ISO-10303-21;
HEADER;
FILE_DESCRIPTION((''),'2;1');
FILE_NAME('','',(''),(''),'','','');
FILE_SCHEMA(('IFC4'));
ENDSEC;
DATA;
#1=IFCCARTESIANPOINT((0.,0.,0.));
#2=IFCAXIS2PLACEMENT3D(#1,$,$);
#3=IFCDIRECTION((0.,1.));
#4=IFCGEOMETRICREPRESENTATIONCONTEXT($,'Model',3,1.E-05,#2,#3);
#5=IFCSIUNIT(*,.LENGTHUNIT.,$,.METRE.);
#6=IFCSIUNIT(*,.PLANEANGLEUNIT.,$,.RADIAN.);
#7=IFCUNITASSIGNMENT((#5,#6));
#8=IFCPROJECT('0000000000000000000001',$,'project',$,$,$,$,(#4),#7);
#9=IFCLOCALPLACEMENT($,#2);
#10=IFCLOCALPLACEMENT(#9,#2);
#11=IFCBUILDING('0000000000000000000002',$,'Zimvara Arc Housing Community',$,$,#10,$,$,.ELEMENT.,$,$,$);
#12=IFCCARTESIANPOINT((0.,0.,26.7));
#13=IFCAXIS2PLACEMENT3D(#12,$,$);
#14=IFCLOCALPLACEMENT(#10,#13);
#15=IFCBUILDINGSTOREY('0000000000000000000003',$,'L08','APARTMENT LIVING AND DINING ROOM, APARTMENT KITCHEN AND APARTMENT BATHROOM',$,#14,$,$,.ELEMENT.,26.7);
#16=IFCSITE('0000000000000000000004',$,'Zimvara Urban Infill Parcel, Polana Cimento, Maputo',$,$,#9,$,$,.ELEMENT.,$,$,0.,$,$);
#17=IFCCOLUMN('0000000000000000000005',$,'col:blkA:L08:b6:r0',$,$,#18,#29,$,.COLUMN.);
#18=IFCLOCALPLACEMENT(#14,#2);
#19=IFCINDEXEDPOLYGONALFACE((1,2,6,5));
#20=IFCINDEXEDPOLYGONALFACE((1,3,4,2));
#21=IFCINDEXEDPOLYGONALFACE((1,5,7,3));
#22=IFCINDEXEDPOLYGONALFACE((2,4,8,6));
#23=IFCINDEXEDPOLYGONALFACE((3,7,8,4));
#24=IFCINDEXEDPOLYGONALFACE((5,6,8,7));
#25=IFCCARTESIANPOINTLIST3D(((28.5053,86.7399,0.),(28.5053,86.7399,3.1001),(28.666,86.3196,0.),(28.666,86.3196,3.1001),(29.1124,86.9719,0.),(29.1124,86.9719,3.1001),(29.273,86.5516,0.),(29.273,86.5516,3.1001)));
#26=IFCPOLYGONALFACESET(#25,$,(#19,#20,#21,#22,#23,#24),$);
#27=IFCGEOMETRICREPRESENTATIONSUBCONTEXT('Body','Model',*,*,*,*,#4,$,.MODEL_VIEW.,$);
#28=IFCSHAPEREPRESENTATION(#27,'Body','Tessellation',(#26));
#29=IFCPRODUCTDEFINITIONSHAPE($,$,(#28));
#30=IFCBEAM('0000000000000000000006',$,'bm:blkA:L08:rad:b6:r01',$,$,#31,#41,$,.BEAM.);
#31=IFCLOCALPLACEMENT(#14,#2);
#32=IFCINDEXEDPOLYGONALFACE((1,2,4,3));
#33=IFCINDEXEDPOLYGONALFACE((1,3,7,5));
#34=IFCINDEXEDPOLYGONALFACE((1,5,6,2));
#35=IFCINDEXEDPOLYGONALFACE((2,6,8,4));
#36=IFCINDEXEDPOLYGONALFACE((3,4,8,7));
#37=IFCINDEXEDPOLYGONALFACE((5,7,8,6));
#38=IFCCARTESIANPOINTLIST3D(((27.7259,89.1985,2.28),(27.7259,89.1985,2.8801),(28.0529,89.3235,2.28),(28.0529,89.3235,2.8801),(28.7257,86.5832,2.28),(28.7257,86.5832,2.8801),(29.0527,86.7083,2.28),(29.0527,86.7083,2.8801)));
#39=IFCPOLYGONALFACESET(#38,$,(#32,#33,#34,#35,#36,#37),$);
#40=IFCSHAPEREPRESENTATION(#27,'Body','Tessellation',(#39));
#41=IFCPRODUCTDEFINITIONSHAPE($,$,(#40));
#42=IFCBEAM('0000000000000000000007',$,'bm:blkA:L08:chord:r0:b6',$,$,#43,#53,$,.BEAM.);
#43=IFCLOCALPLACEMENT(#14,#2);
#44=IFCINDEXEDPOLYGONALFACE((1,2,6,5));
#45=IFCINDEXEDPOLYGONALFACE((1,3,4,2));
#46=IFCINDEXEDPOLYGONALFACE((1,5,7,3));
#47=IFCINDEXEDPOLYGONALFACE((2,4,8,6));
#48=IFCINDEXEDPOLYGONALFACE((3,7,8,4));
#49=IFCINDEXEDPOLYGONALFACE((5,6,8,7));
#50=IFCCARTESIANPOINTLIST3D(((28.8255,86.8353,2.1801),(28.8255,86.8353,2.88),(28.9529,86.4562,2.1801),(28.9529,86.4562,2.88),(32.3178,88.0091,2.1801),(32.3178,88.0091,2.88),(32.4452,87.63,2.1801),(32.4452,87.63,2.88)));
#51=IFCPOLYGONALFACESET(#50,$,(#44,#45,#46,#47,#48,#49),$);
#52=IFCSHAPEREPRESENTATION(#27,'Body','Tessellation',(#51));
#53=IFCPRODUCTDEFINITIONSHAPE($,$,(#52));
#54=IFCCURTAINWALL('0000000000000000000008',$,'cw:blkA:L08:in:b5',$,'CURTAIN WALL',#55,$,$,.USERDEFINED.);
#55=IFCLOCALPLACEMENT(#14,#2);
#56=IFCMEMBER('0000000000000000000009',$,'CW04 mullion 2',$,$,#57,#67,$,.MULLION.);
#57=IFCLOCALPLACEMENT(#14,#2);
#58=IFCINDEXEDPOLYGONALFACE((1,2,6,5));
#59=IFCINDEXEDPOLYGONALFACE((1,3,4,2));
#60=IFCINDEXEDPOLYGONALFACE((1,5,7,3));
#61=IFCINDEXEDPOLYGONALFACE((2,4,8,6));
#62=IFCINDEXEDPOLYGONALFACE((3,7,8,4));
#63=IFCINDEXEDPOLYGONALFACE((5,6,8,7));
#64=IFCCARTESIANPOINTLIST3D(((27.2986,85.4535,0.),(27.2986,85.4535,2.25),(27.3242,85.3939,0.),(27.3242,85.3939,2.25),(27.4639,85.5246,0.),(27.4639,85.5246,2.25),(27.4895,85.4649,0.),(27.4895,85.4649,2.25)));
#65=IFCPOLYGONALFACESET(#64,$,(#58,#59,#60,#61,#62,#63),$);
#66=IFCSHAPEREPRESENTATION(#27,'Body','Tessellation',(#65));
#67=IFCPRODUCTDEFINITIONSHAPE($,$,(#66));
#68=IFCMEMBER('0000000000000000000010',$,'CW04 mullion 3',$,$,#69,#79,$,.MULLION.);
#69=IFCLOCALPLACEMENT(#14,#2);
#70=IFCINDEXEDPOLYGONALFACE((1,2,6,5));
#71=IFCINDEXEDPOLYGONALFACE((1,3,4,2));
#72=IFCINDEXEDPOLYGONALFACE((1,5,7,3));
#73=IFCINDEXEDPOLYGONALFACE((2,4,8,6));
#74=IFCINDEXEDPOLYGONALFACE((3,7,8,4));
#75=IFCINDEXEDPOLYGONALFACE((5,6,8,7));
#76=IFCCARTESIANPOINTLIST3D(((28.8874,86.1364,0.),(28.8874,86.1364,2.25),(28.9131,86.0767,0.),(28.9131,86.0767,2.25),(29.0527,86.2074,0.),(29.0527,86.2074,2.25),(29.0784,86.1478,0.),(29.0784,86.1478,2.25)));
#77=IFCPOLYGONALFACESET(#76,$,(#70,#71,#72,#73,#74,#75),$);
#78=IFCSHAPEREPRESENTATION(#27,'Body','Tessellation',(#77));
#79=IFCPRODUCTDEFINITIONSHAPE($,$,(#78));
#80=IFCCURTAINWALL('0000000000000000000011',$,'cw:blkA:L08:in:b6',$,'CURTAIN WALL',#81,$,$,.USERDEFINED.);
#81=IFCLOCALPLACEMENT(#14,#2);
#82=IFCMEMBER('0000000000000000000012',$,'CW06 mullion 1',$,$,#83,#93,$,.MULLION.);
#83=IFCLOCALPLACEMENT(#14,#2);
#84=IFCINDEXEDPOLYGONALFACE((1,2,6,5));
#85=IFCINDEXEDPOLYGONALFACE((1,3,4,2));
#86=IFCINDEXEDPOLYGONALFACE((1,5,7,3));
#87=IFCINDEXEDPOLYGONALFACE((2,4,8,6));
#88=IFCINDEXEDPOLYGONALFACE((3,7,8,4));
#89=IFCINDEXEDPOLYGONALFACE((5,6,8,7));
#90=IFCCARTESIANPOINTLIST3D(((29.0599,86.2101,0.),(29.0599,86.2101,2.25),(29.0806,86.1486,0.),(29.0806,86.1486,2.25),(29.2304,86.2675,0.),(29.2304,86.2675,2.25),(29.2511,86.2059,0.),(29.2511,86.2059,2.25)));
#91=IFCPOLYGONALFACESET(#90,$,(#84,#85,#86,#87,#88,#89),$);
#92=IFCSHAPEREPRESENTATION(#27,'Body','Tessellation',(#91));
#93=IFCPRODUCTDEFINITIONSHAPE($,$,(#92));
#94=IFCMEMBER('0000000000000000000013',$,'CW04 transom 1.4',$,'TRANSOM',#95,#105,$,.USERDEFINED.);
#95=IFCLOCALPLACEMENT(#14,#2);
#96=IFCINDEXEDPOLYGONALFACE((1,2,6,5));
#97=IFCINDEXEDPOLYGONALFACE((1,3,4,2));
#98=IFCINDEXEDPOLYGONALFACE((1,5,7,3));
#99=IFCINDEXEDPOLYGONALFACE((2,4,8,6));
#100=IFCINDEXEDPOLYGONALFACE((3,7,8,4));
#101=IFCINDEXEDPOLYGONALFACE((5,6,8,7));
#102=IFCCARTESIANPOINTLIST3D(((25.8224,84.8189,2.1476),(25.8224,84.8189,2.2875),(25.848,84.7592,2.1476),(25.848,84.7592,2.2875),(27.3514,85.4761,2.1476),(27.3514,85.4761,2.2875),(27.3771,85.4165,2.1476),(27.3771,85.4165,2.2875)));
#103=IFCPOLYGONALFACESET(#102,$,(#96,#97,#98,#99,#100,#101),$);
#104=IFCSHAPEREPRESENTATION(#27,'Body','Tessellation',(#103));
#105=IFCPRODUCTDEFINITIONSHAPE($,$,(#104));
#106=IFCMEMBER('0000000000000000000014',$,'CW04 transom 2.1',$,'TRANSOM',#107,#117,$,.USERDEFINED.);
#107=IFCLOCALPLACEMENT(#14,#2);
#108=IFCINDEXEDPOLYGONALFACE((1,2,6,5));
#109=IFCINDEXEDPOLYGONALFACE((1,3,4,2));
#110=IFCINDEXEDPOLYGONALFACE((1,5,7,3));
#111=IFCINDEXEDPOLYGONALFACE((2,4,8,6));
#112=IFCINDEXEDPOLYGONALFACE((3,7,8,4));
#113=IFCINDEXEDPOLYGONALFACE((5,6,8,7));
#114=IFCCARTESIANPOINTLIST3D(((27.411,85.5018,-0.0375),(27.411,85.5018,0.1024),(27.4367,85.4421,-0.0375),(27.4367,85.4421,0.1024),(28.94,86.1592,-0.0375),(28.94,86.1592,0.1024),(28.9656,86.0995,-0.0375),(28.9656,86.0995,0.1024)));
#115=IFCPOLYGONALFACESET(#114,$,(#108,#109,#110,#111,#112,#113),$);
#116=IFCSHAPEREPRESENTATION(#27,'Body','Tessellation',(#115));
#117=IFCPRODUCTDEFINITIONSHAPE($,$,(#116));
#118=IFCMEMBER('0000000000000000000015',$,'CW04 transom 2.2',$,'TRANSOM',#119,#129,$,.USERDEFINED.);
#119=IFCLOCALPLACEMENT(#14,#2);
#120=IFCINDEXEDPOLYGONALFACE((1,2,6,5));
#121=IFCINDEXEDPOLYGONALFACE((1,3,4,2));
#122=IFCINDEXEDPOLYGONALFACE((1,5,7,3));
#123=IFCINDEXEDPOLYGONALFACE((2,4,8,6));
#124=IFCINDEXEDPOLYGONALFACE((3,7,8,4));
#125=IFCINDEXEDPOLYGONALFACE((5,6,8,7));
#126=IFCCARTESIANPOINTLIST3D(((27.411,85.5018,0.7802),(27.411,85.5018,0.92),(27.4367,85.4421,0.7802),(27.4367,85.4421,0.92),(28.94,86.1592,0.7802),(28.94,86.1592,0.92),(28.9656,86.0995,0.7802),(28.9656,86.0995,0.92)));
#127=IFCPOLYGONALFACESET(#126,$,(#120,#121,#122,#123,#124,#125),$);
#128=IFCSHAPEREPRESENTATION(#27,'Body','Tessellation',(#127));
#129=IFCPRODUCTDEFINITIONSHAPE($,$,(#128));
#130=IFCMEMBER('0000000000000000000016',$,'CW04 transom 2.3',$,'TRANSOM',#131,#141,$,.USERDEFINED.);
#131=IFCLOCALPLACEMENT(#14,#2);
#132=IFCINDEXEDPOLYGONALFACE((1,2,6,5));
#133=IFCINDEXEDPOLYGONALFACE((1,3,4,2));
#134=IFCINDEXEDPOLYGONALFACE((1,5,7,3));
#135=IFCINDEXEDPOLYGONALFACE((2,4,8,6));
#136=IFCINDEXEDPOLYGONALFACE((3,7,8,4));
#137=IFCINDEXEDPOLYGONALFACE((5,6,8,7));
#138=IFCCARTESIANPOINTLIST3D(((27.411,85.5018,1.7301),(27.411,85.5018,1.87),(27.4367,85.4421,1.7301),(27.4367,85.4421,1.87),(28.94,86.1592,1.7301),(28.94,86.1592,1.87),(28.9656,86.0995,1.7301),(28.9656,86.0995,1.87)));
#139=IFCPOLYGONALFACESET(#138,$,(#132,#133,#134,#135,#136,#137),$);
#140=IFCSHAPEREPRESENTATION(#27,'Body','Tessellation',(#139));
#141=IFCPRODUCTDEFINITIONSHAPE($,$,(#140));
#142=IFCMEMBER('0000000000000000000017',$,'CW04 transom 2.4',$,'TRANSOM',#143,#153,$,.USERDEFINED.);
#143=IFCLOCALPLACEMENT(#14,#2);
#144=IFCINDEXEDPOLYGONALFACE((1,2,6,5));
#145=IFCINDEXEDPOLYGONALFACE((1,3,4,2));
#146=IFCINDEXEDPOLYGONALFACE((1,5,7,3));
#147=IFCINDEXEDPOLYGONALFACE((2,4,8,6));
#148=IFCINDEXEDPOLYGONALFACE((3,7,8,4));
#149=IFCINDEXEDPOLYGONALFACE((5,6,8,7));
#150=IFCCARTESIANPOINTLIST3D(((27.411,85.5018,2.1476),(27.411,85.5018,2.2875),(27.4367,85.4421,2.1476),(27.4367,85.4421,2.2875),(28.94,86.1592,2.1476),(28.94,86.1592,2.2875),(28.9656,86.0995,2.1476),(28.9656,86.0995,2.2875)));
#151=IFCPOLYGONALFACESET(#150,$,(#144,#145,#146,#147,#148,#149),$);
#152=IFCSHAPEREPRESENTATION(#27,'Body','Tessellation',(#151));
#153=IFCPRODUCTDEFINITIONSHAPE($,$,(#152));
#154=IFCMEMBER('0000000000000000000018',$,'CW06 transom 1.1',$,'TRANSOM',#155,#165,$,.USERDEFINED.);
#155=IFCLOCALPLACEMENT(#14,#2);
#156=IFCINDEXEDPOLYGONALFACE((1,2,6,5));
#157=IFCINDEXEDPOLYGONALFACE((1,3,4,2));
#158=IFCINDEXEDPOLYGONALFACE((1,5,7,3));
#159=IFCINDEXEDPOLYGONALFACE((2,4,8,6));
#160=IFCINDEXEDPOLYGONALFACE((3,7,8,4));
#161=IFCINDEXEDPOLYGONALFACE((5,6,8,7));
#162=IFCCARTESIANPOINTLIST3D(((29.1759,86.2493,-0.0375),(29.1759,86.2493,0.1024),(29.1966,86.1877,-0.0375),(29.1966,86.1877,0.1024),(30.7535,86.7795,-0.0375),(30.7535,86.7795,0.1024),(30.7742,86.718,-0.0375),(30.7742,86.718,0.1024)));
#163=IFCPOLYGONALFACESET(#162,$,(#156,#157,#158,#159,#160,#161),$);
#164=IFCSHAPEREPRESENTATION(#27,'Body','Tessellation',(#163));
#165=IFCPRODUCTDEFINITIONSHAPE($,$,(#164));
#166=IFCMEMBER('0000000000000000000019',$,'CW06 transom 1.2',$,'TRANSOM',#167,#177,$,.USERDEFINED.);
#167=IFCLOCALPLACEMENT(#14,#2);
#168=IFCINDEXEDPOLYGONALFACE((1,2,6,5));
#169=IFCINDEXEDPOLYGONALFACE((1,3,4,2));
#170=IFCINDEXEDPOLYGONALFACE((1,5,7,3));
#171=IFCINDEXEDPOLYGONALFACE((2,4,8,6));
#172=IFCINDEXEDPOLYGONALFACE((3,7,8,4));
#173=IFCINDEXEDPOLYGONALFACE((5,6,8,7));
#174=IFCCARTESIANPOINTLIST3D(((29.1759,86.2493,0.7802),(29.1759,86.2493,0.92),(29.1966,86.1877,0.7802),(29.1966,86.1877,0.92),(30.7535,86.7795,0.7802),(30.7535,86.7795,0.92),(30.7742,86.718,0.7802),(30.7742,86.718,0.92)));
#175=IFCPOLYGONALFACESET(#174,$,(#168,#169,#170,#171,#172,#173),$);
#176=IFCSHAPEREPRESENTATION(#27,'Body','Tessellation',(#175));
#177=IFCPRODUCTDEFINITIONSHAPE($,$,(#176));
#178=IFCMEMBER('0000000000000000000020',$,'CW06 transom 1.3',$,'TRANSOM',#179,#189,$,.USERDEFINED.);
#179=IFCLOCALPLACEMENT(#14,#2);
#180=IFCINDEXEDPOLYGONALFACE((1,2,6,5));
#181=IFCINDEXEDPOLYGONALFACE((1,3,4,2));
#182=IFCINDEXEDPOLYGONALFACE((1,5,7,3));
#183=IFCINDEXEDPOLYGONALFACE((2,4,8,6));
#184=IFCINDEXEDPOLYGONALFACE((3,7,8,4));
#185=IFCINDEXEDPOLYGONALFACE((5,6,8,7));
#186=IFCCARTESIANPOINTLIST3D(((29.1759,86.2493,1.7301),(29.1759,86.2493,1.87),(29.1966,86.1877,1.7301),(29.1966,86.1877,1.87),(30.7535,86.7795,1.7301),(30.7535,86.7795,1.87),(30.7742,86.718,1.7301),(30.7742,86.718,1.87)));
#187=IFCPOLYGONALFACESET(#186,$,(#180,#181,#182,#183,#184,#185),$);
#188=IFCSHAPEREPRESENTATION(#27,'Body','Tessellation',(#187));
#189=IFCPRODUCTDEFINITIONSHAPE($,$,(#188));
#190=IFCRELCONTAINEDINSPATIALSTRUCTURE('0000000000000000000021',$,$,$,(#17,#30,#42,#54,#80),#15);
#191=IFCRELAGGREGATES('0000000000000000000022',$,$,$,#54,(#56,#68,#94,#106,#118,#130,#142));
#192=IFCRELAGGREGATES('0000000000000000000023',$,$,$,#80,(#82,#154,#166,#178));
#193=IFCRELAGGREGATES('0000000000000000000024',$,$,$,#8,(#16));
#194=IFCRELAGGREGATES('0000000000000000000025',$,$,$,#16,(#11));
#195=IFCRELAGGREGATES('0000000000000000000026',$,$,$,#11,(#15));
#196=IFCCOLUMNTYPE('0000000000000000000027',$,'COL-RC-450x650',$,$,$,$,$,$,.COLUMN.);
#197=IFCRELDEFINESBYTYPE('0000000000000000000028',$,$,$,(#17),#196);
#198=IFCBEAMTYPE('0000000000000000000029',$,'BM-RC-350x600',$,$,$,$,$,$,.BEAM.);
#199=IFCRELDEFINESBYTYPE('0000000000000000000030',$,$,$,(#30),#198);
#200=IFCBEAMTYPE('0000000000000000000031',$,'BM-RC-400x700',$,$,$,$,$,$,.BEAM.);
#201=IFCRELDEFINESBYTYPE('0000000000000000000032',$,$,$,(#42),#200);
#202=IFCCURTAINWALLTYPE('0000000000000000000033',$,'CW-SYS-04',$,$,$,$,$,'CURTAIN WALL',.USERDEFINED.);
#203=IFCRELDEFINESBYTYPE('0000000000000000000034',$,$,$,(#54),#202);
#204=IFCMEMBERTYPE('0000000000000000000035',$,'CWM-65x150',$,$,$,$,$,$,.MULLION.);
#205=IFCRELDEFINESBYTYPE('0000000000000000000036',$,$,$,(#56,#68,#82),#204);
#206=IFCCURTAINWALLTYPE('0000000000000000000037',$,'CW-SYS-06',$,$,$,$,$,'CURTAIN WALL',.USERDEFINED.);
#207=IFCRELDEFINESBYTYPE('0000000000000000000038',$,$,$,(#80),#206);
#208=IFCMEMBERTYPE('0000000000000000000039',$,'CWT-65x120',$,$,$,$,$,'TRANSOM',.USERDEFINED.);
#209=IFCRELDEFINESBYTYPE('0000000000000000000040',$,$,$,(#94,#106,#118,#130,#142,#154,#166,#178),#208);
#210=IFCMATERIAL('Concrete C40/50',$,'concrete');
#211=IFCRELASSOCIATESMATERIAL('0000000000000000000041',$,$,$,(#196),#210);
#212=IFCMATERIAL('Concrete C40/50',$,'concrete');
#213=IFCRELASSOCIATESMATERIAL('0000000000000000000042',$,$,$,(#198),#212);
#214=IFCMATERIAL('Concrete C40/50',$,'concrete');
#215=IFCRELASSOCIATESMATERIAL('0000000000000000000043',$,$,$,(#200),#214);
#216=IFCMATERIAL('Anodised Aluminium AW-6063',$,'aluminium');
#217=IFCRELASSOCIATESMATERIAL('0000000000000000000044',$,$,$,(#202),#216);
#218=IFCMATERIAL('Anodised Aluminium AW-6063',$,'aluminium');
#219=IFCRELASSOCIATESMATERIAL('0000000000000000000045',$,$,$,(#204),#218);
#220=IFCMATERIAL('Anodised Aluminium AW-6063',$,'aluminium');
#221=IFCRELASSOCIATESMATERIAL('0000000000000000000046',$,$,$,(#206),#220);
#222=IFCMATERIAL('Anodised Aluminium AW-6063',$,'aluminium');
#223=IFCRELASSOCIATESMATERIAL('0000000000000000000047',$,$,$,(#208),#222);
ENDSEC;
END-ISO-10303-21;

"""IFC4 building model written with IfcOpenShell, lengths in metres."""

from ifc_helpers import new_model, si_unit, direction, frame, origin, origin_2d, place, context, subcontext, project, spatial, rectangle, extrude, material, material_profile, profile_set, type_object, element, aggregate, save


model = new_model("IFC4")

# Units and contexts
model_context = context("Model", 3, precision=1e-05, world=origin(), true_north=direction((0.0, 1.0)))
body_context = subcontext(model_context, "Body", "Model", "MODEL_VIEW")
ifc_project = project(units=[si_unit("LENGTHUNIT", "METRE"), si_unit("PLANEANGLEUNIT", "RADIAN")], contexts=[model_context])

# Site, building, storey
site_placement = place(None, origin())
site = spatial("IfcSite", under=ifc_project, at=site_placement, Name="Zimvara Urban Infill Parcel, Polana Cimento, Maputo", CompositionType="ELEMENT", RefElevation=0.0)
building_placement = place(site_placement, origin())
building = spatial("IfcBuilding", under=site, at=building_placement, Name="Zimvara Arc Housing Community", CompositionType="ELEMENT")
storey_placement = place(building_placement, frame((0.0, 0.0, 26.7)))
storey = spatial("IfcBuildingStorey", under=building, at=storey_placement, Name="L08", Description="APARTMENT LIVING AND DINING ROOM, APARTMENT KITCHEN AND APARTMENT BATHROOM", CompositionType="ELEMENT", Elevation=26.7)

# Column
ifc_material_1 = material(Name="Concrete C40/50", Category="concrete")
ifc_material_profile_1 = material_profile(ifc_material_1, rectangle(XDim=0.45, YDim=0.6499, at=origin_2d()), Name="RC 450x650")
ifc_profile_set_1 = profile_set([ifc_material_profile_1], Name="Concrete C40/50")
column_type = type_object("IfcColumnType", Name="COL-RC-450x650", PredefinedType="COLUMN", material=ifc_profile_set_1)
column_placement = place(storey_placement, frame((28.8892, 86.6458, 0.0), z_axis=(0.0, 0.0, 1.0), x_axis=(-0.357064, 0.93408, 0.0)))
element("IfcColumn", 1, at=column_placement, inside=storey, type_object=column_type, Name="col:blkA:L08:b6:r0", PredefinedType="COLUMN", context=body_context, shape_type="SweptSolid", body=[
    extrude(rectangle(XDim=0.45, YDim=0.6499, at=origin_2d()), origin(), (0.0, 0.0, 1.0), 3.1001),
])

# Beams
ifc_material_2 = material(Name="Concrete C40/50", Category="concrete")
ifc_material_profile_2 = material_profile(ifc_material_2, rectangle(XDim=0.3501, YDim=0.6001, at=origin_2d()), Name="RC 350x600")
ifc_profile_set_2 = profile_set([ifc_material_profile_2], Name="Concrete C40/50")
beam_type_1 = type_object("IfcBeamType", Name="BM-RC-350x600", PredefinedType="BEAM", material=ifc_profile_set_2)
beam_1_placement = place(storey_placement, frame((28.8892, 86.6458, 2.5801), z_axis=(-0.357079, 0.934074, 0.0), x_axis=(-0.934074, -0.357079, 0.0)))
element("IfcBeam", 2, at=beam_1_placement, inside=storey, type_object=beam_type_1, Name="bm:blkA:L08:rad:b6:r01", PredefinedType="BEAM", context=body_context, shape_type="SweptSolid", body=[
    extrude(rectangle(XDim=0.3501, YDim=0.6001, at=origin_2d()), origin(), (0.0, 0.0, 1.0), 2.7998),
])
ifc_material_3 = material(Name="Concrete C40/50", Category="concrete")
ifc_material_profile_3 = material_profile(ifc_material_3, rectangle(XDim=0.3999, YDim=0.7, at=origin_2d()), Name="RC 400x700")
ifc_profile_set_3 = profile_set([ifc_material_profile_3], Name="Concrete C40/50")
beam_type_2 = type_object("IfcBeamType", Name="BM-RC-400x700", PredefinedType="BEAM", material=ifc_profile_set_3)
beam_2_placement = place(storey_placement, frame((28.8892, 86.6458, 2.53), z_axis=(0.947892, 0.318592, 0.0), x_axis=(-0.318592, 0.947892, 0.0)))
element("IfcBeam", 3, at=beam_2_placement, inside=storey, type_object=beam_type_2, Name="bm:blkA:L08:chord:r0:b6", PredefinedType="BEAM", context=body_context, shape_type="SweptSolid", body=[
    extrude(rectangle(XDim=0.3999, YDim=0.7, at=origin_2d()), origin(), (0.0, 0.0, 1.0), 3.6843),
])

# Curtain wall, members
ifc_material_4 = material(Name="Anodised Aluminium AW-6063", Category="aluminium")
curtain_wall_type_1 = type_object("IfcCurtainWallType", Name="CW-SYS-04", ElementType="CURTAIN WALL", PredefinedType="USERDEFINED", material=ifc_material_4)
curtain_wall_1_placement = place(storey_placement, origin())
curtain_wall_1 = element("IfcCurtainWall", 4, at=curtain_wall_1_placement, inside=storey, type_object=curtain_wall_type_1, Name="cw:blkA:L08:in:b5", ObjectType="CURTAIN WALL", PredefinedType="USERDEFINED")
ifc_material_5 = material(Name="Anodised Aluminium AW-6063", Category="aluminium")
ifc_material_profile_4 = material_profile(ifc_material_5, rectangle(XDim=0.0649, YDim=0.1799, at=origin_2d()), Name="ALU 65x180")
ifc_profile_set_4 = profile_set([ifc_material_profile_4], Name="Anodised Aluminium AW-6063")
member_type_1 = type_object("IfcMemberType", Name="CWM-65x150", PredefinedType="MULLION", material=ifc_profile_set_4)
member_1_placement = place(storey_placement, frame((27.394, 85.4592, 0.0), z_axis=(0.0, 0.0, 1.0), x_axis=(-0.394904, 0.918722, 0.0)))
member_1 = element("IfcMember", 5, at=member_1_placement, type_object=member_type_1, Name="CW04 mullion 2", PredefinedType="MULLION", context=body_context, shape_type="SweptSolid", body=[
    extrude(rectangle(XDim=0.0649, YDim=0.1799, at=origin_2d()), origin(), (0.0, 0.0, 1.0), 2.25),
])
member_2_placement = place(storey_placement, frame((28.9829, 86.1421, 0.0), z_axis=(0.0, 0.0, 1.0), x_axis=(-0.394904, 0.918722, 0.0)))
member_2 = element("IfcMember", 6, at=member_2_placement, type_object=member_type_1, Name="CW04 mullion 3", PredefinedType="MULLION", context=body_context, shape_type="SweptSolid", body=[
    extrude(rectangle(XDim=0.0649, YDim=0.1799, at=origin_2d()), origin(), (0.0, 0.0, 1.0), 2.25),
])

# Curtain wall, member
ifc_material_6 = material(Name="Anodised Aluminium AW-6063", Category="aluminium")
curtain_wall_type_2 = type_object("IfcCurtainWallType", Name="CW-SYS-06", ElementType="CURTAIN WALL", PredefinedType="USERDEFINED", material=ifc_material_6)
curtain_wall_2_placement = place(storey_placement, origin())
curtain_wall_2 = element("IfcCurtainWall", 7, at=curtain_wall_2_placement, inside=storey, type_object=curtain_wall_type_2, Name="cw:blkA:L08:in:b6", ObjectType="CURTAIN WALL", PredefinedType="USERDEFINED")
member_3_placement = place(storey_placement, frame((29.1555, 86.208, 0.0), z_axis=(0.0, 0.0, 1.0), x_axis=(-0.31863, 0.947879, 0.0)))
member_3 = element("IfcMember", 8, at=member_3_placement, type_object=member_type_1, Name="CW06 mullion 1", PredefinedType="MULLION", context=body_context, shape_type="SweptSolid", body=[
    extrude(rectangle(XDim=0.0649, YDim=0.1799, at=origin_2d()), origin(), (0.0, 0.0, 1.0), 2.25),
])

# Members
ifc_material_7 = material(Name="Anodised Aluminium AW-6063", Category="aluminium")
ifc_material_profile_5 = material_profile(ifc_material_7, rectangle(XDim=0.0649, YDim=0.1399, at=origin_2d()), Name="ALU 65x140")
ifc_profile_set_5 = profile_set([ifc_material_profile_5], Name="Anodised Aluminium AW-6063")
member_type_2 = type_object("IfcMemberType", Name="CWT-65x120", ElementType="TRANSOM", PredefinedType="USERDEFINED", material=ifc_profile_set_5)
member_4_placement = place(storey_placement, frame((25.8352, 84.7891, 2.2175), z_axis=(0.918727, 0.394893, 0.0), x_axis=(-0.394893, 0.918727, 0.0)))
member_4 = element("IfcMember", 9, at=member_4_placement, type_object=member_type_2, Name="CW04 transom 1.4", ObjectType="TRANSOM", PredefinedType="USERDEFINED", context=body_context, shape_type="SweptSolid", body=[
    extrude(rectangle(XDim=0.0649, YDim=0.1399, at=origin_2d()), origin(), (0.0, 0.0, 1.0), 1.6643),
])
member_5_placement = place(storey_placement, frame((27.4238, 85.4719, 0.0325), z_axis=(0.918674, 0.395017, 0.0), x_axis=(-0.395017, 0.918674, 0.0)))
member_5 = element("IfcMember", 10, at=member_5_placement, type_object=member_type_2, Name="CW04 transom 2.1", ObjectType="TRANSOM", PredefinedType="USERDEFINED", context=body_context, shape_type="SweptSolid", body=[
    extrude(rectangle(XDim=0.0649, YDim=0.1399, at=origin_2d()), origin(), (0.0, 0.0, 1.0), 1.6643),
])
member_6_placement = place(storey_placement, frame((27.4238, 85.4719, 0.8501), z_axis=(0.918674, 0.395017, 0.0), x_axis=(-0.395017, 0.918674, 0.0)))
member_6 = element("IfcMember", 11, at=member_6_placement, type_object=member_type_2, Name="CW04 transom 2.2", ObjectType="TRANSOM", PredefinedType="USERDEFINED", context=body_context, shape_type="SweptSolid", body=[
    extrude(rectangle(XDim=0.0649, YDim=0.1399, at=origin_2d()), origin(), (0.0, 0.0, 1.0), 1.6643),
])
member_7_placement = place(storey_placement, frame((27.4238, 85.4719, 1.8), z_axis=(0.918674, 0.395017, 0.0), x_axis=(-0.395017, 0.918674, 0.0)))
member_7 = element("IfcMember", 12, at=member_7_placement, type_object=member_type_2, Name="CW04 transom 2.3", ObjectType="TRANSOM", PredefinedType="USERDEFINED", context=body_context, shape_type="SweptSolid", body=[
    extrude(rectangle(XDim=0.0649, YDim=0.1399, at=origin_2d()), origin(), (0.0, 0.0, 1.0), 1.6643),
])
member_8_placement = place(storey_placement, frame((27.4238, 85.4719, 2.2175), z_axis=(0.918674, 0.395017, 0.0), x_axis=(-0.395017, 0.918674, 0.0)))
member_8 = element("IfcMember", 13, at=member_8_placement, type_object=member_type_2, Name="CW04 transom 2.4", ObjectType="TRANSOM", PredefinedType="USERDEFINED", context=body_context, shape_type="SweptSolid", body=[
    extrude(rectangle(XDim=0.0649, YDim=0.1399, at=origin_2d()), origin(), (0.0, 0.0, 1.0), 1.6643),
])
member_9_placement = place(storey_placement, frame((29.1863, 86.2185, 0.0325), z_axis=(0.947888, 0.318603, 0.0), x_axis=(-0.318603, 0.947888, 0.0)))
member_9 = element("IfcMember", 14, at=member_9_placement, type_object=member_type_2, Name="CW06 transom 1.1", ObjectType="TRANSOM", PredefinedType="USERDEFINED", context=body_context, shape_type="SweptSolid", body=[
    extrude(rectangle(XDim=0.0649, YDim=0.1399, at=origin_2d()), origin(), (0.0, 0.0, 1.0), 1.6643),
])
member_10_placement = place(storey_placement, frame((29.1863, 86.2185, 0.8501), z_axis=(0.947888, 0.318603, 0.0), x_axis=(-0.318603, 0.947888, 0.0)))
member_10 = element("IfcMember", 15, at=member_10_placement, type_object=member_type_2, Name="CW06 transom 1.2", ObjectType="TRANSOM", PredefinedType="USERDEFINED", context=body_context, shape_type="SweptSolid", body=[
    extrude(rectangle(XDim=0.0649, YDim=0.1399, at=origin_2d()), origin(), (0.0, 0.0, 1.0), 1.6643),
])
member_11_placement = place(storey_placement, frame((29.1863, 86.2185, 1.8), z_axis=(0.947888, 0.318603, 0.0), x_axis=(-0.318603, 0.947888, 0.0)))
member_11 = element("IfcMember", 16, at=member_11_placement, type_object=member_type_2, Name="CW06 transom 1.3", ObjectType="TRANSOM", PredefinedType="USERDEFINED", context=body_context, shape_type="SweptSolid", body=[
    extrude(rectangle(XDim=0.0649, YDim=0.1399, at=origin_2d()), origin(), (0.0, 0.0, 1.0), 1.6643),
])

aggregate(curtain_wall_1, [member_1, member_2, member_4, member_5, member_6, member_7, member_8])
aggregate(curtain_wall_2, [member_3, member_9, member_10, member_11])

save(model, "model.ifc")
